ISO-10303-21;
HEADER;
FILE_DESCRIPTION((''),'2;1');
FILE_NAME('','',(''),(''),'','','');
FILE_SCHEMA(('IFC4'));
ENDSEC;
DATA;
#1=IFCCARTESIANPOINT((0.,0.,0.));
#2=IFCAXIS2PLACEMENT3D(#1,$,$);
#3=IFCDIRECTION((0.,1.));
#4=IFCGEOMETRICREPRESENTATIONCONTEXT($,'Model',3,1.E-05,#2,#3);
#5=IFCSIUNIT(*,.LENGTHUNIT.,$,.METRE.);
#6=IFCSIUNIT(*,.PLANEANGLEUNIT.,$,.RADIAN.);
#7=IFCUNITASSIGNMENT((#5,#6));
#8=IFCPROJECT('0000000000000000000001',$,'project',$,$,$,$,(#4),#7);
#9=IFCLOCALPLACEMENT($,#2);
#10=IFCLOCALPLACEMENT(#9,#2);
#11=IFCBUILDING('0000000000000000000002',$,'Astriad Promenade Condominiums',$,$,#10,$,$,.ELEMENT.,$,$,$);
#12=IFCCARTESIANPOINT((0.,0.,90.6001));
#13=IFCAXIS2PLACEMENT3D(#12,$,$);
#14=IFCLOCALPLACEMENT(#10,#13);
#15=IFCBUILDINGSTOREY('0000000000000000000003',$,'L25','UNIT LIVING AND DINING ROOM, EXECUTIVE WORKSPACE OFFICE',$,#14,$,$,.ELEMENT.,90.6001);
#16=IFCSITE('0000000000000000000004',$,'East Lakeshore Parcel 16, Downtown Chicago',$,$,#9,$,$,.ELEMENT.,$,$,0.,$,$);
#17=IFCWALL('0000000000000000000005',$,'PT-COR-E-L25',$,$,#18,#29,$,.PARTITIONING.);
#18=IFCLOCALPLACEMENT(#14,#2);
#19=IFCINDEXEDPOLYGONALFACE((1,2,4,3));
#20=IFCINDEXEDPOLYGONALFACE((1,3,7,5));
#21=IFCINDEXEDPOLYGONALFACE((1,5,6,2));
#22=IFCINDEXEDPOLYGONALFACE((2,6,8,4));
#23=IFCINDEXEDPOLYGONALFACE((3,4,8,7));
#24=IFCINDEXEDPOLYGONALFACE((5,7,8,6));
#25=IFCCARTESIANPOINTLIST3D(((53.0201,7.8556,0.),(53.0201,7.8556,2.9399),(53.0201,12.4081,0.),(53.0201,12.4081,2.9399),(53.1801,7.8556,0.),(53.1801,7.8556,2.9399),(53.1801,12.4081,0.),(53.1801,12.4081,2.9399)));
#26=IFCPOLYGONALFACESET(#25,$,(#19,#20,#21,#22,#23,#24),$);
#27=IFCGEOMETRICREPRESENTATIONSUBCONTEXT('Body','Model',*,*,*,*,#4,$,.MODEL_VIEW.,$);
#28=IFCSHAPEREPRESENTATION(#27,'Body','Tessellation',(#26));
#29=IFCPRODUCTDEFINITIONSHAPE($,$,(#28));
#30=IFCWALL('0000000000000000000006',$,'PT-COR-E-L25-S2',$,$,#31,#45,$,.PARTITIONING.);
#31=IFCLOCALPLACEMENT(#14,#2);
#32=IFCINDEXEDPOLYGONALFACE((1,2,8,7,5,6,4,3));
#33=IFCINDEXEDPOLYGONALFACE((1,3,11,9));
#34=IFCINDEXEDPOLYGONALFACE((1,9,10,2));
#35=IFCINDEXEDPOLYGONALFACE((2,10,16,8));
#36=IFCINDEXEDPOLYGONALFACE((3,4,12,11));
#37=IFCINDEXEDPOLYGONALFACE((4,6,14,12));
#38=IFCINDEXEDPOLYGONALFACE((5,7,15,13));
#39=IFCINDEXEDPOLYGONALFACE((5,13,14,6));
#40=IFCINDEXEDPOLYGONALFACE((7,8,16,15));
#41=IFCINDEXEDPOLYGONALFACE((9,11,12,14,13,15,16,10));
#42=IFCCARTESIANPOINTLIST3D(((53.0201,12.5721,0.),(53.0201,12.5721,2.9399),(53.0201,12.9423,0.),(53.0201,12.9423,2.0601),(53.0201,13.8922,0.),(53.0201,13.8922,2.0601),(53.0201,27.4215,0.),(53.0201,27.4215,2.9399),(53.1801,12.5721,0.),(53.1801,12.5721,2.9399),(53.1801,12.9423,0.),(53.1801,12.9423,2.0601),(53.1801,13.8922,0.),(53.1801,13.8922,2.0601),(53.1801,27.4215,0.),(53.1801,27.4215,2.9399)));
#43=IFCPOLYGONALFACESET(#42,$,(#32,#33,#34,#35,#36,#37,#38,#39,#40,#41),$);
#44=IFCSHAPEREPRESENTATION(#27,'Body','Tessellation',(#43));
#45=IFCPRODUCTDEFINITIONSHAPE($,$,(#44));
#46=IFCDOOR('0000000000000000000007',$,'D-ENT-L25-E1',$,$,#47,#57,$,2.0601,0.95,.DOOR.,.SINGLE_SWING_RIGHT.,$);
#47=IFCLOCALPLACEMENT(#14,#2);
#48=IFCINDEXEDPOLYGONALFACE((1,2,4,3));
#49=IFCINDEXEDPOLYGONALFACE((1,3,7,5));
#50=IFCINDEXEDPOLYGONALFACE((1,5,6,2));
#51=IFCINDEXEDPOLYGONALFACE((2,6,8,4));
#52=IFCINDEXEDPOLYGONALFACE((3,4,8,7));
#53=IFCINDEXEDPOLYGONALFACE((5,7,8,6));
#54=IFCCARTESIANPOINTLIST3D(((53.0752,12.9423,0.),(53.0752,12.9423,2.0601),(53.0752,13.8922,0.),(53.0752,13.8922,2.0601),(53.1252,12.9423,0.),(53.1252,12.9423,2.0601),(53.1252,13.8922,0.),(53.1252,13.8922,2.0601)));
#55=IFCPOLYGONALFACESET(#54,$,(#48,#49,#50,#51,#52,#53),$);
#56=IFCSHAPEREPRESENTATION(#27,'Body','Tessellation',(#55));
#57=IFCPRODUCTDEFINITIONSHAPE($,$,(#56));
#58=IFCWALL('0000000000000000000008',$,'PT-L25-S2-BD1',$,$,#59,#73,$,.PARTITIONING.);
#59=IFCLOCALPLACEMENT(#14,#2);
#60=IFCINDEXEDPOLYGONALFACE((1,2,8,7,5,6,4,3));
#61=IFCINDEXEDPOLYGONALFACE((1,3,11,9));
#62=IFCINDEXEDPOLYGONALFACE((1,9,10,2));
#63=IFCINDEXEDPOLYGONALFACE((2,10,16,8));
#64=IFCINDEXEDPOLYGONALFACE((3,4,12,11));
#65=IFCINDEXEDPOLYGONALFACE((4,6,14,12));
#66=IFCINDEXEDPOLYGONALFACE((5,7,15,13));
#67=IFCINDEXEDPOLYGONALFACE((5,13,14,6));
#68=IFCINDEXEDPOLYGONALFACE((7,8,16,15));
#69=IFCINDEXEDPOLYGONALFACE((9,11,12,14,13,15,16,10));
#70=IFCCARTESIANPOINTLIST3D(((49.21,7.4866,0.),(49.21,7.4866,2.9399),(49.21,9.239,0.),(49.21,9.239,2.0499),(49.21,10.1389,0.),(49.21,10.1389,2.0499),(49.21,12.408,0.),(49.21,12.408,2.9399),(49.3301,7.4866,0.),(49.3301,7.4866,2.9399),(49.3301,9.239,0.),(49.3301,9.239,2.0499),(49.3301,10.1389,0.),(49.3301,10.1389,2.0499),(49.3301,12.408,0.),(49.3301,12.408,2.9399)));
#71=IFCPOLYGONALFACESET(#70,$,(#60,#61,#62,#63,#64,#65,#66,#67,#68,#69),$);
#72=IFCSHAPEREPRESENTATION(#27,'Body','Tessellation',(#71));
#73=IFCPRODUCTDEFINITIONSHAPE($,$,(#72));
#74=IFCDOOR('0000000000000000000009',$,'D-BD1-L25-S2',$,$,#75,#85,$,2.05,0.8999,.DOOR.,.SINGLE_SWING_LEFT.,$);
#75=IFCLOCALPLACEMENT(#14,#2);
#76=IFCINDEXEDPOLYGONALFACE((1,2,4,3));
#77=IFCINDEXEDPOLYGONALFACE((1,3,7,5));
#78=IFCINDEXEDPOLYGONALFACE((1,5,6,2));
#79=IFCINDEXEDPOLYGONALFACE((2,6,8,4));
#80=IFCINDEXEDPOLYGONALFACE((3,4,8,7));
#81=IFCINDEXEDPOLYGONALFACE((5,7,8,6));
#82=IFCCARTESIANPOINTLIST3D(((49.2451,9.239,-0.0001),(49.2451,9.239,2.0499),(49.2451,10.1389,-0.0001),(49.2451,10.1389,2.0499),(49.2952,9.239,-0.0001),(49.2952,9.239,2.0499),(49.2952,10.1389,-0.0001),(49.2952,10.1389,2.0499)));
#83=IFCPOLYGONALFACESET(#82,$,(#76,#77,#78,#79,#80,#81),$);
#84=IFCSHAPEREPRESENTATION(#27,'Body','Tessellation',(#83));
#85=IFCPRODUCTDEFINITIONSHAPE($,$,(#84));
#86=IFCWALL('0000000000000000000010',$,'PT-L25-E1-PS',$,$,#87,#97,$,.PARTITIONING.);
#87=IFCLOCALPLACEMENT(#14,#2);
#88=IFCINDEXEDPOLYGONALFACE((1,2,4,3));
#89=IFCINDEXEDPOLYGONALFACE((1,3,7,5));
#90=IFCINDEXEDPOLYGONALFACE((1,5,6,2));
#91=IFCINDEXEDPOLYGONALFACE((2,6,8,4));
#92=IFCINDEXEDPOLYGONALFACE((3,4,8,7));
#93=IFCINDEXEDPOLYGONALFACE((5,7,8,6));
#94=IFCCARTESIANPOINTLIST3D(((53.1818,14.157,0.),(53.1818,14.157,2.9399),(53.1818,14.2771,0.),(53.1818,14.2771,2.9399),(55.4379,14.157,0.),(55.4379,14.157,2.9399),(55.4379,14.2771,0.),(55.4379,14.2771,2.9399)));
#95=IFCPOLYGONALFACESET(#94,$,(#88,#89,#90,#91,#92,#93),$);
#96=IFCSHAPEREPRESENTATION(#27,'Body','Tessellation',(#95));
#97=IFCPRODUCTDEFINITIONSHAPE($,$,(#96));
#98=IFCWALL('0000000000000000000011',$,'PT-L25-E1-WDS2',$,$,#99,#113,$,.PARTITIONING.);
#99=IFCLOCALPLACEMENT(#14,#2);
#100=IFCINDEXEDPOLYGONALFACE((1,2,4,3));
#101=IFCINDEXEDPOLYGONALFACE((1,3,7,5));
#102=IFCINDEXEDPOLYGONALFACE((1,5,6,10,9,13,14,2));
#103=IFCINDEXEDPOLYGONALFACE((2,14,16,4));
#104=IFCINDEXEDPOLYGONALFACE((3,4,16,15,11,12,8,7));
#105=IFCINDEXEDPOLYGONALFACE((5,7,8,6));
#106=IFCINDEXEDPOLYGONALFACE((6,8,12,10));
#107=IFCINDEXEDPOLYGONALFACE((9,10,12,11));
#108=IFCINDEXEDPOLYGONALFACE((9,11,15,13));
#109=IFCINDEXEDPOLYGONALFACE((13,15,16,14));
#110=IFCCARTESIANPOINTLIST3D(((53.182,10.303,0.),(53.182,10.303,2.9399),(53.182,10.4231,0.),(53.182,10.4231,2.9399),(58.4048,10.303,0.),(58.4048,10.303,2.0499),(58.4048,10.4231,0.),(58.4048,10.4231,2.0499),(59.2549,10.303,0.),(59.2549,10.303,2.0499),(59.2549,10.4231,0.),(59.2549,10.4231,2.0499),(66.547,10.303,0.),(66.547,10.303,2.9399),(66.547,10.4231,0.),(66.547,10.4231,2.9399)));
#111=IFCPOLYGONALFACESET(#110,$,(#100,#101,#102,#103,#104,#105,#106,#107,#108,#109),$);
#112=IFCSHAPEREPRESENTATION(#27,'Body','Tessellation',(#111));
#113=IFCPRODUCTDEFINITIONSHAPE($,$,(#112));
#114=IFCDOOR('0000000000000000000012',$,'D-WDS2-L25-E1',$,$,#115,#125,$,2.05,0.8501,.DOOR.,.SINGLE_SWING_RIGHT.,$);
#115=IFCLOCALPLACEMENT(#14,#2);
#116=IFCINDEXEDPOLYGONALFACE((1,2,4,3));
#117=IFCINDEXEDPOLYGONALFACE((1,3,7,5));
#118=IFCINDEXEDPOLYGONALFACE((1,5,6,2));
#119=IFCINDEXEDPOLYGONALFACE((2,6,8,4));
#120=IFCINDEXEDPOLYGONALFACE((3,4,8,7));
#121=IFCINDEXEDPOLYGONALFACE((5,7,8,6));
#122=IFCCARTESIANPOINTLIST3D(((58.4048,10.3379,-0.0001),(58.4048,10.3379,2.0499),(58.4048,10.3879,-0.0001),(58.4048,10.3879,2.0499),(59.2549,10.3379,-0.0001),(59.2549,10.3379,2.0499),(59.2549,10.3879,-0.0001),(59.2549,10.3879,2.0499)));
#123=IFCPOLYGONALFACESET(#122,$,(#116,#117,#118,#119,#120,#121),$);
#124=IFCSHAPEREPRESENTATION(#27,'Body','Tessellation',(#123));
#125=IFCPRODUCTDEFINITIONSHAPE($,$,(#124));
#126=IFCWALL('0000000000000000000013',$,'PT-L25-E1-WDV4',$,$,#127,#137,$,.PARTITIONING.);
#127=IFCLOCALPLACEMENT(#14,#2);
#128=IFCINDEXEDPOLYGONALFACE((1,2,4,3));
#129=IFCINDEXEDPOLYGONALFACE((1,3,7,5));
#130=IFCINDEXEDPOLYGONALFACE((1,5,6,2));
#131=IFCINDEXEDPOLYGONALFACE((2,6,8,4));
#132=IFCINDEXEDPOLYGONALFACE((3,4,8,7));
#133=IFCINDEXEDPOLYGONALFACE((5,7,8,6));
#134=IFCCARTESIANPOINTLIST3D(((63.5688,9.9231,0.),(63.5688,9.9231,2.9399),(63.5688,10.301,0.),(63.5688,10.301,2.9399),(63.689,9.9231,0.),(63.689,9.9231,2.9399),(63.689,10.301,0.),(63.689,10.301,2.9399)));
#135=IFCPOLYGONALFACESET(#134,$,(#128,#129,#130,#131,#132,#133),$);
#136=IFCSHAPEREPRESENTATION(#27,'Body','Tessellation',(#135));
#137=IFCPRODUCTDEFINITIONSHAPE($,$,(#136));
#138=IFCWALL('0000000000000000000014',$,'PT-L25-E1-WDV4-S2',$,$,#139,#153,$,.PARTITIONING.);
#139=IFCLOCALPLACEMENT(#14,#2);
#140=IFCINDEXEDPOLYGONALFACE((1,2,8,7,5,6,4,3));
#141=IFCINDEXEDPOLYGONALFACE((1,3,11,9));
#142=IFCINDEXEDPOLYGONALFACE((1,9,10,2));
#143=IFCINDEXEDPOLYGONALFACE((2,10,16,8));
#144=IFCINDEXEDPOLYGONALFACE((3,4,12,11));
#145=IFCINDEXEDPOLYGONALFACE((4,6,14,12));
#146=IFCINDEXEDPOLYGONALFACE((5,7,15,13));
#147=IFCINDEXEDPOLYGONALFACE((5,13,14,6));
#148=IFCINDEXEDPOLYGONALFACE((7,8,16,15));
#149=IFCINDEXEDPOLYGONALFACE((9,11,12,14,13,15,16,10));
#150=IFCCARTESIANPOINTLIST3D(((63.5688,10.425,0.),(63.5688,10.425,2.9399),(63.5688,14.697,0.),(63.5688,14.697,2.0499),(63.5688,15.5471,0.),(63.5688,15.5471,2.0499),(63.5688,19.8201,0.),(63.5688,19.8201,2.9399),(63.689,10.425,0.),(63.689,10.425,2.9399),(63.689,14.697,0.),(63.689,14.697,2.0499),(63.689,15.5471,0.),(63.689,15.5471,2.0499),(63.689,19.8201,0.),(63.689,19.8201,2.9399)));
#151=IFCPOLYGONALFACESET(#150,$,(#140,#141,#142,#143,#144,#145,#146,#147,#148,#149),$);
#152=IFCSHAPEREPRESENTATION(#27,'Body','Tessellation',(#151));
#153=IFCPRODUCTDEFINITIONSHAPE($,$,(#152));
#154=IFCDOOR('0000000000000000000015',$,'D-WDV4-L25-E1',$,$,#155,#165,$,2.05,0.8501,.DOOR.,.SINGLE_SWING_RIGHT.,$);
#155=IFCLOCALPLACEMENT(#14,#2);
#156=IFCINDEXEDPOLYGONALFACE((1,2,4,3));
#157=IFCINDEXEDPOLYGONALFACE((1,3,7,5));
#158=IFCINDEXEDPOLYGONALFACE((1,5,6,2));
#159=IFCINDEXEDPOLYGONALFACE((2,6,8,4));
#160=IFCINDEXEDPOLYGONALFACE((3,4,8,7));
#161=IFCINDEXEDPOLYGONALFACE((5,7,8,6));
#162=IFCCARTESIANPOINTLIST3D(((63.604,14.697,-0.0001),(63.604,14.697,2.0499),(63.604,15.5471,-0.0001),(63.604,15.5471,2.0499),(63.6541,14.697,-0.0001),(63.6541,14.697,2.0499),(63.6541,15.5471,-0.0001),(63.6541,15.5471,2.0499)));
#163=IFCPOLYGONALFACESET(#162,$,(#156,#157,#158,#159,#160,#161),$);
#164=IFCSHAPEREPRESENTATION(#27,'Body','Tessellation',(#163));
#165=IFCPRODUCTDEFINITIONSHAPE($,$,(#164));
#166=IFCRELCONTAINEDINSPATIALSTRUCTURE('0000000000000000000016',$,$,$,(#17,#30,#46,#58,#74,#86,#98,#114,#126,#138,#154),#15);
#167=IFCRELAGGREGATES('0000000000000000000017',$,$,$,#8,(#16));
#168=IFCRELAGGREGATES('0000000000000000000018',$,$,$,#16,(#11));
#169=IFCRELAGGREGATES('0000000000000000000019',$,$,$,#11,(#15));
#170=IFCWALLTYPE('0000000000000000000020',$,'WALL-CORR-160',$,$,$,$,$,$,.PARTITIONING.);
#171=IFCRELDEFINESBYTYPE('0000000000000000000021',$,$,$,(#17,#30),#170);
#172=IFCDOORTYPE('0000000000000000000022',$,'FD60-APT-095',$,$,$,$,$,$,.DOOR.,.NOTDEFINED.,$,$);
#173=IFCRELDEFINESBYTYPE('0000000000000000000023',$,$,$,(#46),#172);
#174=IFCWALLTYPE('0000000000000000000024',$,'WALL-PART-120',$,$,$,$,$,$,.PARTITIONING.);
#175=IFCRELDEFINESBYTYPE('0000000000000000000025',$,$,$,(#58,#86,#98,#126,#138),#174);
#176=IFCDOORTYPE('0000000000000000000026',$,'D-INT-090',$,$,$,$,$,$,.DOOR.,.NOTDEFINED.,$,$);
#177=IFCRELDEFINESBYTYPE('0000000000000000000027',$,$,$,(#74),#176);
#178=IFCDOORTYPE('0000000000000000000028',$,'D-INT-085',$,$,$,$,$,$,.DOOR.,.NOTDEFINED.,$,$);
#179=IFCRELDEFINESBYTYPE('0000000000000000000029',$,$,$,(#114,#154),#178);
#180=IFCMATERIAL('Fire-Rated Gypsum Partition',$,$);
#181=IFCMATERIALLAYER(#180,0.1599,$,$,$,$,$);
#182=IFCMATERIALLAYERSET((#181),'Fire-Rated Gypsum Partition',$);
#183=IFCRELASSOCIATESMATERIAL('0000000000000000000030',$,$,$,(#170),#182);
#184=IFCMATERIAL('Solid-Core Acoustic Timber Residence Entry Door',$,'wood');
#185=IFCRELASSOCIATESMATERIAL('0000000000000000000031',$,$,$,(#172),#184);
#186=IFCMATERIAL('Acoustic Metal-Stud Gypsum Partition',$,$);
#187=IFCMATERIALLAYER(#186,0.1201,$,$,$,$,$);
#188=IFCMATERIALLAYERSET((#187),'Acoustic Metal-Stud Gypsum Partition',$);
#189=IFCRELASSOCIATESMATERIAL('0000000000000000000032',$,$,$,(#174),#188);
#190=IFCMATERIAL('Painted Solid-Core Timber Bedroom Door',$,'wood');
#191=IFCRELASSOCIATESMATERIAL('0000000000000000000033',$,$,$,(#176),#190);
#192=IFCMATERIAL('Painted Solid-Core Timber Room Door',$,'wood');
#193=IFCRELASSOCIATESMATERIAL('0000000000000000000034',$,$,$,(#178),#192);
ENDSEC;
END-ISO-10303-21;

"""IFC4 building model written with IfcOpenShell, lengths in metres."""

from ifc_helpers import new_model, si_unit, direction, frame, frame_2d, origin, place, context, subcontext, project, spatial, rectangle, extrude, source, transform, mapped, material, layer, layer_set, type_object, type_shapes, element, fill, save


model = new_model("IFC4")

# Units and contexts
model_context = context("Model", 3, precision=1e-05, world=origin(), true_north=direction((0.0, 1.0)))
body_context = subcontext(model_context, "Body", "Model", "MODEL_VIEW")
ifc_project = project(units=[si_unit("LENGTHUNIT", "METRE"), si_unit("PLANEANGLEUNIT", "RADIAN")], contexts=[model_context])

# Site, building, storey
site_placement = place(None, origin())
site = spatial("IfcSite", under=ifc_project, at=site_placement, Name="East Lakeshore Parcel 16, Downtown Chicago", CompositionType="ELEMENT", RefElevation=0.0)
building_placement = place(site_placement, origin())
building = spatial("IfcBuilding", under=site, at=building_placement, Name="Astriad Promenade Condominiums", CompositionType="ELEMENT")
storey_placement = place(building_placement, frame((0.0, 0.0, 90.6001)))
storey = spatial("IfcBuildingStorey", under=building, at=storey_placement, Name="L25", Description="UNIT LIVING AND DINING ROOM, EXECUTIVE WORKSPACE OFFICE", CompositionType="ELEMENT", Elevation=90.6001)

# Wall
ifc_material_1 = material(Name="Fire-Rated Gypsum Partition")
ifc_layer_1 = layer(ifc_material_1, 0.1599)
ifc_layer_set_1 = layer_set([ifc_layer_1], Name="Fire-Rated Gypsum Partition")
wall_type_1 = type_object("IfcWallType", Name="WALL-CORR-160", PredefinedType="PARTITIONING", material=ifc_layer_set_1)
wall_1_placement = place(storey_placement, frame((53.1001, 7.8555, 0.0), z_axis=(0.0, 0.0, 1.0), x_axis=(0.0, 1.0, 0.0)))
element("IfcWall", 1, at=wall_1_placement, inside=storey, type_object=wall_type_1, Name="PT-COR-E-L25", PredefinedType="PARTITIONING", context=body_context, shape_type="SweptSolid", body=[
    extrude(rectangle(XDim=4.5525, YDim=0.1599, at=frame_2d((2.2764, 0.0))), origin(), (0.0, 0.0, 1.0), 2.9399),
])

# Walls, openings, doors
wall_2_placement = place(storey_placement, frame((53.1001, 12.572, 0.0), z_axis=(0.0, 0.0, 1.0), x_axis=(0.0, 1.0, 0.0)))
wall_2 = element("IfcWall", 2, at=wall_2_placement, inside=storey, type_object=wall_type_1, Name="PT-COR-E-L25-S2", PredefinedType="PARTITIONING", context=body_context, shape_type="SweptSolid", body=[
    extrude(rectangle(XDim=14.8494, YDim=0.1599, at=frame_2d((7.4248, 0.0))), origin(), (0.0, 0.0, 1.0), 2.9399),
])
opening_1_placement = place(wall_2_placement, frame((0.3701, 0.0, 0.0)))
opening_1 = element("IfcOpeningElement", 3, at=opening_1_placement, cuts=wall_2, PredefinedType="OPENING", context=body_context, shape_type="SweptSolid", body=[
    extrude(rectangle(XDim=0.95, YDim=2.0601, at=frame_2d((0.4751, 1.03))), frame((0.0, 0.0898, 0.0), z_axis=(0.0, -1.0, 0.0), x_axis=(1.0, 0.0, 0.0)), (0.0, 0.0, 1.0), 0.1799),
])
ifc_material_2 = material(Name="Solid-Core Acoustic Timber Residence Entry Door", Category="wood")
door_type_1 = type_object("IfcDoorType", Name="FD60-APT-095", OperationType="NOTDEFINED", PredefinedType="DOOR", material=ifc_material_2)
shared_shape_1 = source(origin(), body_context, "Body", "SweptSolid", [
    extrude(rectangle(XDim=0.95, YDim=2.0601, at=frame_2d((0.4751, 1.03))), frame((0.0, 0.0249, 0.0), z_axis=(0.0, -1.0, 0.0), x_axis=(1.0, 0.0, 0.0)), (0.0, 0.0, 1.0), 0.05),
])
type_shapes(door_type_1, [shared_shape_1])
door_1_placement = place(opening_1_placement, origin())
door_1 = element("IfcDoor", 4, at=door_1_placement, inside=storey, type_object=door_type_1, Name="D-ENT-L25-E1", OperationType="SINGLE_SWING_RIGHT", OverallHeight=2.0601, OverallWidth=0.95, PredefinedType="DOOR", context=body_context, shape_type="MappedRepresentation", body=[
    mapped(shared_shape_1, transform((0.0, 0.0, 0.0), scale=1.0)),
])
fill(opening_1, door_1)
ifc_material_3 = material(Name="Acoustic Metal-Stud Gypsum Partition")
ifc_layer_2 = layer(ifc_material_3, 0.1201)
ifc_layer_set_2 = layer_set([ifc_layer_2], Name="Acoustic Metal-Stud Gypsum Partition")
wall_type_2 = type_object("IfcWallType", Name="WALL-PART-120", PredefinedType="PARTITIONING", material=ifc_layer_set_2)
wall_3_placement = place(storey_placement, frame((49.27, 7.4866, 0.0), z_axis=(0.0, 0.0, 1.0), x_axis=(0.0, 1.0, 0.0)))
wall_3 = element("IfcWall", 5, at=wall_3_placement, inside=storey, type_object=wall_type_2, Name="PT-L25-S2-BD1", PredefinedType="PARTITIONING", context=body_context, shape_type="SweptSolid", body=[
    extrude(rectangle(XDim=4.9214, YDim=0.1201, at=frame_2d((2.4607, 0.0))), origin(), (0.0, 0.0, 1.0), 2.9399),
])
opening_2_placement = place(wall_3_placement, frame((1.7524, 0.0, 0.0)))
opening_2 = element("IfcOpeningElement", 6, at=opening_2_placement, cuts=wall_3, PredefinedType="OPENING", context=body_context, shape_type="SweptSolid", body=[
    extrude(rectangle(XDim=0.8999, YDim=2.05, at=frame_2d((0.45, 1.0249))), frame((0.0, 0.0701, 0.0), z_axis=(0.0, -1.0, 0.0), x_axis=(1.0, 0.0, 0.0)), (0.0, 0.0, 1.0), 0.1401),
])
ifc_material_4 = material(Name="Painted Solid-Core Timber Bedroom Door", Category="wood")
door_type_2 = type_object("IfcDoorType", Name="D-INT-090", OperationType="NOTDEFINED", PredefinedType="DOOR", material=ifc_material_4)
shared_shape_2 = source(origin(), body_context, "Body", "SweptSolid", [
    extrude(rectangle(XDim=0.8999, YDim=2.05, at=frame_2d((0.45, 1.0249))), frame((0.0, 0.0249, 0.0), z_axis=(0.0, -1.0, 0.0), x_axis=(1.0, 0.0, 0.0)), (0.0, 0.0, 1.0), 0.05),
])
type_shapes(door_type_2, [shared_shape_2])
door_2_placement = place(opening_2_placement, origin())
door_2 = element("IfcDoor", 7, at=door_2_placement, inside=storey, type_object=door_type_2, Name="D-BD1-L25-S2", OperationType="SINGLE_SWING_LEFT", OverallHeight=2.05, OverallWidth=0.8999, PredefinedType="DOOR", context=body_context, shape_type="MappedRepresentation", body=[
    mapped(shared_shape_2, transform((0.0, 0.0, 0.0), scale=1.0)),
])
fill(opening_2, door_2)

# Wall
wall_4_placement = place(storey_placement, frame((53.1819, 14.217, 0.0), z_axis=(0.0, 0.0, 1.0), x_axis=(1.0, 0.0, 0.0)))
element("IfcWall", 8, at=wall_4_placement, inside=storey, type_object=wall_type_2, Name="PT-L25-E1-PS", PredefinedType="PARTITIONING", context=body_context, shape_type="SweptSolid", body=[
    extrude(rectangle(XDim=2.2561, YDim=0.1201, at=frame_2d((1.1279, 0.0))), origin(), (0.0, 0.0, 1.0), 2.9399),
])

# Wall, opening, door
wall_5_placement = place(storey_placement, frame((53.1819, 10.363, 0.0), z_axis=(0.0, 0.0, 1.0), x_axis=(1.0, 0.0, 0.0)))
wall_5 = element("IfcWall", 9, at=wall_5_placement, inside=storey, type_object=wall_type_2, Name="PT-L25-E1-WDS2", PredefinedType="PARTITIONING", context=body_context, shape_type="SweptSolid", body=[
    extrude(rectangle(XDim=13.365, YDim=0.1201, at=frame_2d((6.6826, 0.0))), origin(), (0.0, 0.0, 1.0), 2.9399),
])
opening_3_placement = place(wall_5_placement, frame((5.2229, 0.0, 0.0)))
opening_3 = element("IfcOpeningElement", 10, at=opening_3_placement, cuts=wall_5, PredefinedType="OPENING", context=body_context, shape_type="SweptSolid", body=[
    extrude(rectangle(XDim=0.8501, YDim=2.05, at=frame_2d((0.425, 1.0249))), frame((0.0, 0.0701, 0.0), z_axis=(0.0, -1.0, 0.0), x_axis=(1.0, 0.0, 0.0)), (0.0, 0.0, 1.0), 0.1401),
])
ifc_material_5 = material(Name="Painted Solid-Core Timber Room Door", Category="wood")
door_type_3 = type_object("IfcDoorType", Name="D-INT-085", OperationType="NOTDEFINED", PredefinedType="DOOR", material=ifc_material_5)
shared_shape_3 = source(origin(), body_context, "Body", "SweptSolid", [
    extrude(rectangle(XDim=0.8501, YDim=2.05, at=frame_2d((0.425, 1.0249))), frame((0.0, 0.0249, 0.0), z_axis=(0.0, -1.0, 0.0), x_axis=(1.0, 0.0, 0.0)), (0.0, 0.0, 1.0), 0.05),
])
type_shapes(door_type_3, [shared_shape_3])
door_3_placement = place(opening_3_placement, origin())
door_3 = element("IfcDoor", 11, at=door_3_placement, inside=storey, type_object=door_type_3, Name="D-WDS2-L25-E1", OperationType="SINGLE_SWING_RIGHT", OverallHeight=2.05, OverallWidth=0.8501, PredefinedType="DOOR", context=body_context, shape_type="MappedRepresentation", body=[
    mapped(shared_shape_3, transform((0.0, 0.0, 0.0), scale=1.0)),
])
fill(opening_3, door_3)

# Wall
wall_6_placement = place(storey_placement, frame((63.6289, 9.9231, 0.0), z_axis=(0.0, 0.0, 1.0), x_axis=(0.0, 1.0, 0.0)))
element("IfcWall", 12, at=wall_6_placement, inside=storey, type_object=wall_type_2, Name="PT-L25-E1-WDV4", PredefinedType="PARTITIONING", context=body_context, shape_type="SweptSolid", body=[
    extrude(rectangle(XDim=0.3779, YDim=0.1201, at=frame_2d((0.189, 0.0))), origin(), (0.0, 0.0, 1.0), 2.9399),
])

# Wall, opening, door
wall_7_placement = place(storey_placement, frame((63.6289, 10.425, 0.0), z_axis=(0.0, 0.0, 1.0), x_axis=(0.0, 1.0, 0.0)))
wall_7 = element("IfcWall", 13, at=wall_7_placement, inside=storey, type_object=wall_type_2, Name="PT-L25-E1-WDV4-S2", PredefinedType="PARTITIONING", context=body_context, shape_type="SweptSolid", body=[
    extrude(rectangle(XDim=9.395, YDim=0.1201, at=frame_2d((4.6975, 0.0))), origin(), (0.0, 0.0, 1.0), 2.9399),
])
opening_4_placement = place(wall_7_placement, frame((4.272, 0.0, 0.0)))
opening_4 = element("IfcOpeningElement", 14, at=opening_4_placement, cuts=wall_7, PredefinedType="OPENING", context=body_context, shape_type="SweptSolid", body=[
    extrude(rectangle(XDim=0.8501, YDim=2.05, at=frame_2d((0.425, 1.0249))), frame((0.0, 0.0701, 0.0), z_axis=(0.0, -1.0, 0.0), x_axis=(1.0, 0.0, 0.0)), (0.0, 0.0, 1.0), 0.1401),
])
door_4_placement = place(opening_4_placement, origin())
door_4 = element("IfcDoor", 15, at=door_4_placement, inside=storey, type_object=door_type_3, Name="D-WDV4-L25-E1", OperationType="SINGLE_SWING_RIGHT", OverallHeight=2.05, OverallWidth=0.8501, PredefinedType="DOOR", context=body_context, shape_type="MappedRepresentation", body=[
    mapped(shared_shape_3, transform((0.0, 0.0, 0.0), scale=1.0)),
])
fill(opening_4, door_4)

save(model, "model.ifc")
